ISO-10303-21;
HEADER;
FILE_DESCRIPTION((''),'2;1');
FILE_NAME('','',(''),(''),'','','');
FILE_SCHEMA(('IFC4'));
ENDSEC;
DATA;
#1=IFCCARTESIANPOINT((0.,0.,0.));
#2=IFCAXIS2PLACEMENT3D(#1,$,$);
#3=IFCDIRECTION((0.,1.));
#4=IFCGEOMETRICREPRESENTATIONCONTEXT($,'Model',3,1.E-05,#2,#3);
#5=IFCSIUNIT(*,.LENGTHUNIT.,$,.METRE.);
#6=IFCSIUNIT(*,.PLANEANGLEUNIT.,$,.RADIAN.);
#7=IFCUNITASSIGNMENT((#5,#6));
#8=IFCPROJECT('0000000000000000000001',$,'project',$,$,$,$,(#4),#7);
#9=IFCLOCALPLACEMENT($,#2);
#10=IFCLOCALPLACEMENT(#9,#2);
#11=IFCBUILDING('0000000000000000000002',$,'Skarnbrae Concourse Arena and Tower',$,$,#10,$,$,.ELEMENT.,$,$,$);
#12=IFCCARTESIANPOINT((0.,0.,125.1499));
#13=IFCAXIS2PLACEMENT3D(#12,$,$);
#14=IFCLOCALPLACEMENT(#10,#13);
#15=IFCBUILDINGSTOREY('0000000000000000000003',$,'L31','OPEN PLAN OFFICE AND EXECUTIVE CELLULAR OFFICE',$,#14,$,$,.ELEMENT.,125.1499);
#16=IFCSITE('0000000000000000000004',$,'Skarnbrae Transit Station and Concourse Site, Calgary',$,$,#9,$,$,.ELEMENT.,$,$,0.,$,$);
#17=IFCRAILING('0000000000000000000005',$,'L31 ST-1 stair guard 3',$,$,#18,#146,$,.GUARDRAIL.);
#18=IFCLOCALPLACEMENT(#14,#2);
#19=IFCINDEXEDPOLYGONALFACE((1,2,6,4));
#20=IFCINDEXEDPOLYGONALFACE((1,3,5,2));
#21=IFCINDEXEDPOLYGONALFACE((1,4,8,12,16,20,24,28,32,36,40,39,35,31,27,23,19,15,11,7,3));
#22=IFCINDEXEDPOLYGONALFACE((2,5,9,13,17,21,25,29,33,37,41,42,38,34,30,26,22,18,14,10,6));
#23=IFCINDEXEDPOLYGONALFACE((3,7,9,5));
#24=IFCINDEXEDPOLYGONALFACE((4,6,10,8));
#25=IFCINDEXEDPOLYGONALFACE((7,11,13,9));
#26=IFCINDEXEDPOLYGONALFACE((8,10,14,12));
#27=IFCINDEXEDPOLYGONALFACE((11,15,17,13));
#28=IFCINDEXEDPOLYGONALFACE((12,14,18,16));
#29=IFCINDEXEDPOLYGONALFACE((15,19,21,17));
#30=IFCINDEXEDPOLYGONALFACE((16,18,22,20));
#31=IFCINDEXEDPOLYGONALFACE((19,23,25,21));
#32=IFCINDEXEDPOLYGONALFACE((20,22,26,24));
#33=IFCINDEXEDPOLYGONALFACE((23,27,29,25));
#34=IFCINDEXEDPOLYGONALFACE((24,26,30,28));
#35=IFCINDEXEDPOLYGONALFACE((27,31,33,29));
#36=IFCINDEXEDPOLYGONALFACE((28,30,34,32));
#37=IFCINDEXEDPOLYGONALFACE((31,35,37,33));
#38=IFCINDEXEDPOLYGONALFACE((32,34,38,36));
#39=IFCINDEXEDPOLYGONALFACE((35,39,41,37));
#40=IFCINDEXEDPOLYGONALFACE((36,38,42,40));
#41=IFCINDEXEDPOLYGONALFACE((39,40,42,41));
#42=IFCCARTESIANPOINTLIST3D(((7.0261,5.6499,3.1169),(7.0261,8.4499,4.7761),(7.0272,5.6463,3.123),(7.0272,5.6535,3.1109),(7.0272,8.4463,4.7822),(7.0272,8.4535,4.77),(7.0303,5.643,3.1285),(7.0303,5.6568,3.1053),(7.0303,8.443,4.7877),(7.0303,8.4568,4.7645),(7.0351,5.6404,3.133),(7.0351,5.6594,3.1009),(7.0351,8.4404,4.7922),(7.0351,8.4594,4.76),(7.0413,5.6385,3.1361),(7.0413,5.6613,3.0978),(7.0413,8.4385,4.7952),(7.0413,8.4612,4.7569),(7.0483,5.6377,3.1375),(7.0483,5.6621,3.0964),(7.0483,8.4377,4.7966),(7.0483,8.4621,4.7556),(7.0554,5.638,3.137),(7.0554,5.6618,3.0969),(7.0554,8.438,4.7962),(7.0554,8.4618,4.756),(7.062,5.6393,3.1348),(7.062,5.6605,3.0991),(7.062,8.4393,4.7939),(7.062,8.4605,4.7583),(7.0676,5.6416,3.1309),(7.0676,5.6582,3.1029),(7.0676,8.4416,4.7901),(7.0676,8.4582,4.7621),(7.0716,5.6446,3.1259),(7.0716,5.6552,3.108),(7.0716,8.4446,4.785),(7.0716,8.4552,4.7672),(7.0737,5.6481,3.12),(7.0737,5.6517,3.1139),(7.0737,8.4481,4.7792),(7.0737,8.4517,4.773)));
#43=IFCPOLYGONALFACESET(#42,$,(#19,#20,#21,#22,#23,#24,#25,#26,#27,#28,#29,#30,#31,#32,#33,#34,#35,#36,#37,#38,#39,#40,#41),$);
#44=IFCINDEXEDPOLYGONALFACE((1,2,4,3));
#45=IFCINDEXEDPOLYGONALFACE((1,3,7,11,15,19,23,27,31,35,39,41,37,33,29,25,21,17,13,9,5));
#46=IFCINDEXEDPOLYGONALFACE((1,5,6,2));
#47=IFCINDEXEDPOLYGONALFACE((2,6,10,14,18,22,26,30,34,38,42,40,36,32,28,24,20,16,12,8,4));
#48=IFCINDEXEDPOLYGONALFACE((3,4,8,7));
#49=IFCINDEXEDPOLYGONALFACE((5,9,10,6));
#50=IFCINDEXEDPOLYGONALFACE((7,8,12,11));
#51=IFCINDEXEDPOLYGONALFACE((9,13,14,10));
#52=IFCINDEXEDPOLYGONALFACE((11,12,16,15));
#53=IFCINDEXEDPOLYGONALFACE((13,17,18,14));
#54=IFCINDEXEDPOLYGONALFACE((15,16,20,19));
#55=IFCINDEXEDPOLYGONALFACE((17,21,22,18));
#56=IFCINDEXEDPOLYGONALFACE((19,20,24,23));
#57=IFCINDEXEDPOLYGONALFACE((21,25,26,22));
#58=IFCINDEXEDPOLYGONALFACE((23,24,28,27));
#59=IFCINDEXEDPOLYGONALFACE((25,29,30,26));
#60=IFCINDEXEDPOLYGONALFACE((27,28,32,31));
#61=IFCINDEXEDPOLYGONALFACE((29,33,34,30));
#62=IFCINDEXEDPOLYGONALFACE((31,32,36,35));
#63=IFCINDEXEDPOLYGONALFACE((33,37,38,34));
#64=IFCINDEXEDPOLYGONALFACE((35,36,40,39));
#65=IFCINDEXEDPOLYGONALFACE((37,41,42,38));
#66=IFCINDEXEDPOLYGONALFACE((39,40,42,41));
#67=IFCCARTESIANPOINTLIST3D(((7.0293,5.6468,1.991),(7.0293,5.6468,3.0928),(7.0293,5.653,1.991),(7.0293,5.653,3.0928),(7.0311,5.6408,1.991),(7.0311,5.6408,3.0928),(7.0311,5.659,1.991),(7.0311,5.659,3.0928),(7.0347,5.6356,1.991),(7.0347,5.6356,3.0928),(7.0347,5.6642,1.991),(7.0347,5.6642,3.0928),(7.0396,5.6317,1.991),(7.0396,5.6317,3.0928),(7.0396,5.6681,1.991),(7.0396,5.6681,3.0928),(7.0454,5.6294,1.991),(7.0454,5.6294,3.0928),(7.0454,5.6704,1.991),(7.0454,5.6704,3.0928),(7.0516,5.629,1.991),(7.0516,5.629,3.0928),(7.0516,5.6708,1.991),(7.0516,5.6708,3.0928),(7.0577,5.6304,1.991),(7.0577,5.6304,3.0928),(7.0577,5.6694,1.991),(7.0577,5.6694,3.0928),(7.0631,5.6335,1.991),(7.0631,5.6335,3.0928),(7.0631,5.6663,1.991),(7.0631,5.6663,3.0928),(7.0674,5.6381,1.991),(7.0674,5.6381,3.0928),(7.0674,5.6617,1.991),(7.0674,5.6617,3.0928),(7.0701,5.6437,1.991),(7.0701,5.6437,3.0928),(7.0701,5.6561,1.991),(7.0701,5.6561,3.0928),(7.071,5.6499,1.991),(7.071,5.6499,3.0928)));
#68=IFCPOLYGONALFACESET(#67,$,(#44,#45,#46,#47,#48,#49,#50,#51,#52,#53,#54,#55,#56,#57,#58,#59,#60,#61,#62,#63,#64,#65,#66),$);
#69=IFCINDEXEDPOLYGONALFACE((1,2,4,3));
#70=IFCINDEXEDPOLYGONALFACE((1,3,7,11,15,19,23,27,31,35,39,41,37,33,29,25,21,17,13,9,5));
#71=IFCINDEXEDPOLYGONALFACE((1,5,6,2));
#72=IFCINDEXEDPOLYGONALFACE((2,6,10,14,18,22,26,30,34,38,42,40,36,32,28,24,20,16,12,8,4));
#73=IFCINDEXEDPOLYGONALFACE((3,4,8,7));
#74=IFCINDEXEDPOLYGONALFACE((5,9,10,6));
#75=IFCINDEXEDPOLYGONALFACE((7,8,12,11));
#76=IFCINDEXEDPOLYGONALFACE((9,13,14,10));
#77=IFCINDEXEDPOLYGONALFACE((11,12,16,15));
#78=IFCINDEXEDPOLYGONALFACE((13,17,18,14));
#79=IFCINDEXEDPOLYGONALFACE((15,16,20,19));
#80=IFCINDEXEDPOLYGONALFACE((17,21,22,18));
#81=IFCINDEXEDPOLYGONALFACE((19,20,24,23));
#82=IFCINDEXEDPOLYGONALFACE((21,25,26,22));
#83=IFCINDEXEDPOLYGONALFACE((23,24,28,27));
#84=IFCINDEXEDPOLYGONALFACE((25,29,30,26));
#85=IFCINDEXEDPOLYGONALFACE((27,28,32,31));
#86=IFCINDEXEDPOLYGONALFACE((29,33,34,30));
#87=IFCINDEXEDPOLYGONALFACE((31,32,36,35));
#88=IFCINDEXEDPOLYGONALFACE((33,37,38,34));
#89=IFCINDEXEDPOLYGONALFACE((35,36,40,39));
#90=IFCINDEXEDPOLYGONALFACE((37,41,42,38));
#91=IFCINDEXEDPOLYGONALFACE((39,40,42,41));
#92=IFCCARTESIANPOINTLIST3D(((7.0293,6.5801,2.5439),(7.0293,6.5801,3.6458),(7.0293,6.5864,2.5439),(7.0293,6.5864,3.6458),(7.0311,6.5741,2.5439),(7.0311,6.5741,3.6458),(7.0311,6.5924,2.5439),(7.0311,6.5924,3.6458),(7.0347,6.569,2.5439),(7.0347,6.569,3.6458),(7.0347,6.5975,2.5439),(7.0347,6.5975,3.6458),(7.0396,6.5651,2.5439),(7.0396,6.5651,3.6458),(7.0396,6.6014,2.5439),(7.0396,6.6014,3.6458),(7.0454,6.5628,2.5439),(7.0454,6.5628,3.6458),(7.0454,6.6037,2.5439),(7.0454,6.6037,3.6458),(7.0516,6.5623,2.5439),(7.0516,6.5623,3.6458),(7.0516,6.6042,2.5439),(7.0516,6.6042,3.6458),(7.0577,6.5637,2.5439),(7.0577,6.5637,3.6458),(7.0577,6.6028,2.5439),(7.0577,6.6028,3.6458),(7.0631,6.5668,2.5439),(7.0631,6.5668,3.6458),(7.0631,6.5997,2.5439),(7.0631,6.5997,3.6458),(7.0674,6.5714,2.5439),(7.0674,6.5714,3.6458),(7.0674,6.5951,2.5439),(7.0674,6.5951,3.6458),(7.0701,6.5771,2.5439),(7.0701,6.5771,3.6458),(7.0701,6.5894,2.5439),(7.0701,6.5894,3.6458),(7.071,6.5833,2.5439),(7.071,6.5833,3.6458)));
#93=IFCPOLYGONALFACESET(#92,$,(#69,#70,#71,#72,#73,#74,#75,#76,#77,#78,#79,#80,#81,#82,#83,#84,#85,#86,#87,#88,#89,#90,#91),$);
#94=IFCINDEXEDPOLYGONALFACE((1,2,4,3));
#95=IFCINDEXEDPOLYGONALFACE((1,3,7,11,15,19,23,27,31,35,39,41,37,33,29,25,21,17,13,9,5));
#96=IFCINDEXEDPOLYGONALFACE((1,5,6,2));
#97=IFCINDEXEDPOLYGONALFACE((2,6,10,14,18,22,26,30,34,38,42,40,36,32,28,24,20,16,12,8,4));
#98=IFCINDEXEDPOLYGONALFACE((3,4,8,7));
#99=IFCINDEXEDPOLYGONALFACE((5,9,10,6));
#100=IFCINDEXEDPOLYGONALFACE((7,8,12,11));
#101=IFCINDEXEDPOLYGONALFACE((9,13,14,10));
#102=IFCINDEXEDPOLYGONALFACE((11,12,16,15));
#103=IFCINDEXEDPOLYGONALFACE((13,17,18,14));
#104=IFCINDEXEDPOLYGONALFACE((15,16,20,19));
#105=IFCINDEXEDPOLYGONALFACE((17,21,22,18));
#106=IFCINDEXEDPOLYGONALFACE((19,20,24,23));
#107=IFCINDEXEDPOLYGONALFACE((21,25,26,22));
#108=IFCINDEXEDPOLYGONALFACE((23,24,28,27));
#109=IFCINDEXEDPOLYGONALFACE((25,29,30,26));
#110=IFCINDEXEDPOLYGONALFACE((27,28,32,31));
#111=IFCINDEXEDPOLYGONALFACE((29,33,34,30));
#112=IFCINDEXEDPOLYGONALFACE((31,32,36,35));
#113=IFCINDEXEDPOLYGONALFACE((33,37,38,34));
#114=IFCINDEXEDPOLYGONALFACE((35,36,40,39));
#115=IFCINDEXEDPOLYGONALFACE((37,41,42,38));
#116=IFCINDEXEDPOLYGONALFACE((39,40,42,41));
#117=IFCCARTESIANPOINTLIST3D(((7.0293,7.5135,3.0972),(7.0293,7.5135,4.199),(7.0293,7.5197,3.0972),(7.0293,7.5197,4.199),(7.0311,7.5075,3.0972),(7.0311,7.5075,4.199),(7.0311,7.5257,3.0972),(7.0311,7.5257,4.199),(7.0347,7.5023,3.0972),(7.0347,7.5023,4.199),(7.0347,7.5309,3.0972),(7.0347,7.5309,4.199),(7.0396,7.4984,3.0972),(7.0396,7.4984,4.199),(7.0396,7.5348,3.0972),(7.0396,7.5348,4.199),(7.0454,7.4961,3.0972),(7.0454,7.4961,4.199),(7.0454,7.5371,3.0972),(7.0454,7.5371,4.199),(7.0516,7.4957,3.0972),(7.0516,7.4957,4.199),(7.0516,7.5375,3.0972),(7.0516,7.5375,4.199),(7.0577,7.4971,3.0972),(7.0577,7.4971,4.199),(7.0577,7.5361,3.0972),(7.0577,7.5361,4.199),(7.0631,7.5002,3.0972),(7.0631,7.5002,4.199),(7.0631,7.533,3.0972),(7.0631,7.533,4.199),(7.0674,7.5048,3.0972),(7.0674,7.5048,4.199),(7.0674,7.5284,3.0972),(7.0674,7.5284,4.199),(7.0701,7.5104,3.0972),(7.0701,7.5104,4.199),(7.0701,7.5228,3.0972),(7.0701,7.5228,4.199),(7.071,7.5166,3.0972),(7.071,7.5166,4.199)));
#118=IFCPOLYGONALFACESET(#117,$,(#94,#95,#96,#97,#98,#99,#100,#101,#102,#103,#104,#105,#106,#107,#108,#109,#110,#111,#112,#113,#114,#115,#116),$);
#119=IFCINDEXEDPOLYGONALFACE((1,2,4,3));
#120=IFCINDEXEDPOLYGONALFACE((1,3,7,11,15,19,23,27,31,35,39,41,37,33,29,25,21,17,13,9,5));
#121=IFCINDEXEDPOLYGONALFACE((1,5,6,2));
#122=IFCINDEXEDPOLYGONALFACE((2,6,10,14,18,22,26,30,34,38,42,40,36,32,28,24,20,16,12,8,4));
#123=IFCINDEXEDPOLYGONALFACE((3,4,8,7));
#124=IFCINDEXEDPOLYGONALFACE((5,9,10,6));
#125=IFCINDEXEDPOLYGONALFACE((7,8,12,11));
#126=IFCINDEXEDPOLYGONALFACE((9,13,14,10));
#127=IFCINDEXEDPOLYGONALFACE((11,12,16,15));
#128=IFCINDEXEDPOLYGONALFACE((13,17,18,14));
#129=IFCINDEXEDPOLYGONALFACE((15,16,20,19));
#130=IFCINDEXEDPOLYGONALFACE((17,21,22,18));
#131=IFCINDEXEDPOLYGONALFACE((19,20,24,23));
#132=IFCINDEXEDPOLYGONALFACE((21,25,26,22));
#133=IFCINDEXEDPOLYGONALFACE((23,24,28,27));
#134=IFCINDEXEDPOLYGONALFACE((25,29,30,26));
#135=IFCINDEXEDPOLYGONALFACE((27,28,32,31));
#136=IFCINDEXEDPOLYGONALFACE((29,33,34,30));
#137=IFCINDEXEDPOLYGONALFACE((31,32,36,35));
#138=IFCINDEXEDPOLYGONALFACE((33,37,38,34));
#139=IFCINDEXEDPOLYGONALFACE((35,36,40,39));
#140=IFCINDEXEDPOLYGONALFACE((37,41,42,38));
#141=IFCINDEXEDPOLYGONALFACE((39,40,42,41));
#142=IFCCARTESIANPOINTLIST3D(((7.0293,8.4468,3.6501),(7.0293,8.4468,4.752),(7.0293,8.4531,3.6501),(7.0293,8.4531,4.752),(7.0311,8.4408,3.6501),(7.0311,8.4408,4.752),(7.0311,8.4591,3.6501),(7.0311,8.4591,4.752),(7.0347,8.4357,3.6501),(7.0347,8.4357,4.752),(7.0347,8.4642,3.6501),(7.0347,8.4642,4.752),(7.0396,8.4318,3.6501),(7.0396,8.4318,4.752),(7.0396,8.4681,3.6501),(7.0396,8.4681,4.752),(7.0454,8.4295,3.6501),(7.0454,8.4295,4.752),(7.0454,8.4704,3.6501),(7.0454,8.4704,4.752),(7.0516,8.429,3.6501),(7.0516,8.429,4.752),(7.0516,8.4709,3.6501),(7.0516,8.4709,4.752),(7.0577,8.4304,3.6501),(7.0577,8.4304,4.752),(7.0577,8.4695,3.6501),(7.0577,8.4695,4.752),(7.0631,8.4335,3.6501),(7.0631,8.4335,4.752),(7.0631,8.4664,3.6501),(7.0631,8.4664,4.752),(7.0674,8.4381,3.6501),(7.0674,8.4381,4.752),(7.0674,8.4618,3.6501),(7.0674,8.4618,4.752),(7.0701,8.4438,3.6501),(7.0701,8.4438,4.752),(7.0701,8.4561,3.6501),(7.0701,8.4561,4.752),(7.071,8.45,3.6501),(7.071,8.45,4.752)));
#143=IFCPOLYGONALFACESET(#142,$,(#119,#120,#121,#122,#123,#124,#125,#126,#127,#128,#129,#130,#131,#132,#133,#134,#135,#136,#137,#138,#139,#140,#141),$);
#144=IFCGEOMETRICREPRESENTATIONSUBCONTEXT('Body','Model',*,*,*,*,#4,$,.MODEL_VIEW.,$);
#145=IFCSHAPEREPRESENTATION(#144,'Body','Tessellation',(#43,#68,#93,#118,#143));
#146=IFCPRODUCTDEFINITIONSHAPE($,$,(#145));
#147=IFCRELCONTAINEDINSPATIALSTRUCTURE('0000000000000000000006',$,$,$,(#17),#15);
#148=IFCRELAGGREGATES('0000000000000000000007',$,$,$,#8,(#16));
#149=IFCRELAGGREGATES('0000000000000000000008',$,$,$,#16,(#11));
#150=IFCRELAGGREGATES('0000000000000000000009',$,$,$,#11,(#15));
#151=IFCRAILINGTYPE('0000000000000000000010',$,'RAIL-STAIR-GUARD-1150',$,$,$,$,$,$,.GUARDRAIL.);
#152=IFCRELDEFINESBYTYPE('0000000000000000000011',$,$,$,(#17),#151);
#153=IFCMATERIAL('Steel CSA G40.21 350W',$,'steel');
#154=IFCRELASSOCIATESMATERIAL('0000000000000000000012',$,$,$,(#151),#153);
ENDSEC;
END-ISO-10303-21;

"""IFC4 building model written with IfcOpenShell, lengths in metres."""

from ifc_helpers import new_model, si_unit, direction, frame, origin, origin_2d, place, context, subcontext, project, spatial, circle, extrude, material, type_object, element, save


model = new_model("IFC4")

# Units and contexts
model_context = context("Model", 3, precision=1e-05, world=origin(), true_north=direction((0.0, 1.0)))
body_context = subcontext(model_context, "Body", "Model", "MODEL_VIEW")
ifc_project = project(units=[si_unit("LENGTHUNIT", "METRE"), si_unit("PLANEANGLEUNIT", "RADIAN")], contexts=[model_context])

# Site, building, storey
site_placement = place(None, origin())
site = spatial("IfcSite", under=ifc_project, at=site_placement, Name="Skarnbrae Transit Station and Concourse Site, Calgary", CompositionType="ELEMENT", RefElevation=0.0)
building_placement = place(site_placement, origin())
building = spatial("IfcBuilding", under=site, at=building_placement, Name="Skarnbrae Concourse Arena and Tower", CompositionType="ELEMENT")
storey_placement = place(building_placement, frame((0.0, 0.0, 125.1499)))
storey = spatial("IfcBuildingStorey", under=building, at=storey_placement, Name="L31", Description="OPEN PLAN OFFICE AND EXECUTIVE CELLULAR OFFICE", CompositionType="ELEMENT", Elevation=125.1499)

# Shared definitions
ifc_material_1 = material(Name="Steel CSA G40.21 350W", Category="steel")

# Railing
railing_type_1 = type_object("IfcRailingType", Name="RAIL-STAIR-GUARD-1150", PredefinedType="GUARDRAIL", material=ifc_material_1)
railing_1_placement = place(storey_placement, frame((7.05, 5.6499, 1.991)))
element("IfcRailing", 1, at=railing_1_placement, inside=storey, type_object=railing_type_1, Name="L31 ST-1 stair guard 3", PredefinedType="GUARDRAIL", context=body_context, shape_type="SweptSolid", body=[
    extrude(circle(Radius=0.0239, at=origin_2d()), frame((0.0, 0.0, 1.126), z_axis=(0.0, 0.860306, 0.509778), x_axis=(-1.0, 0.0, 0.0)), (0.0, 0.0, 1.0), 3.2546),
    extrude(circle(Radius=0.021, at=origin_2d()), origin(), (0.0, 0.0, 1.0), 1.1018),
    extrude(circle(Radius=0.021, at=origin_2d()), frame((0.0, 0.9333, 0.553)), (0.0, 0.0, 1.0), 1.1018),
    extrude(circle(Radius=0.021, at=origin_2d()), frame((0.0, 1.8667, 1.1062)), (0.0, 0.0, 1.0), 1.1018),
    extrude(circle(Radius=0.021, at=origin_2d()), frame((0.0, 2.8, 1.6592)), (0.0, 0.0, 1.0), 1.1018),
])

save(model, "model.ifc")
